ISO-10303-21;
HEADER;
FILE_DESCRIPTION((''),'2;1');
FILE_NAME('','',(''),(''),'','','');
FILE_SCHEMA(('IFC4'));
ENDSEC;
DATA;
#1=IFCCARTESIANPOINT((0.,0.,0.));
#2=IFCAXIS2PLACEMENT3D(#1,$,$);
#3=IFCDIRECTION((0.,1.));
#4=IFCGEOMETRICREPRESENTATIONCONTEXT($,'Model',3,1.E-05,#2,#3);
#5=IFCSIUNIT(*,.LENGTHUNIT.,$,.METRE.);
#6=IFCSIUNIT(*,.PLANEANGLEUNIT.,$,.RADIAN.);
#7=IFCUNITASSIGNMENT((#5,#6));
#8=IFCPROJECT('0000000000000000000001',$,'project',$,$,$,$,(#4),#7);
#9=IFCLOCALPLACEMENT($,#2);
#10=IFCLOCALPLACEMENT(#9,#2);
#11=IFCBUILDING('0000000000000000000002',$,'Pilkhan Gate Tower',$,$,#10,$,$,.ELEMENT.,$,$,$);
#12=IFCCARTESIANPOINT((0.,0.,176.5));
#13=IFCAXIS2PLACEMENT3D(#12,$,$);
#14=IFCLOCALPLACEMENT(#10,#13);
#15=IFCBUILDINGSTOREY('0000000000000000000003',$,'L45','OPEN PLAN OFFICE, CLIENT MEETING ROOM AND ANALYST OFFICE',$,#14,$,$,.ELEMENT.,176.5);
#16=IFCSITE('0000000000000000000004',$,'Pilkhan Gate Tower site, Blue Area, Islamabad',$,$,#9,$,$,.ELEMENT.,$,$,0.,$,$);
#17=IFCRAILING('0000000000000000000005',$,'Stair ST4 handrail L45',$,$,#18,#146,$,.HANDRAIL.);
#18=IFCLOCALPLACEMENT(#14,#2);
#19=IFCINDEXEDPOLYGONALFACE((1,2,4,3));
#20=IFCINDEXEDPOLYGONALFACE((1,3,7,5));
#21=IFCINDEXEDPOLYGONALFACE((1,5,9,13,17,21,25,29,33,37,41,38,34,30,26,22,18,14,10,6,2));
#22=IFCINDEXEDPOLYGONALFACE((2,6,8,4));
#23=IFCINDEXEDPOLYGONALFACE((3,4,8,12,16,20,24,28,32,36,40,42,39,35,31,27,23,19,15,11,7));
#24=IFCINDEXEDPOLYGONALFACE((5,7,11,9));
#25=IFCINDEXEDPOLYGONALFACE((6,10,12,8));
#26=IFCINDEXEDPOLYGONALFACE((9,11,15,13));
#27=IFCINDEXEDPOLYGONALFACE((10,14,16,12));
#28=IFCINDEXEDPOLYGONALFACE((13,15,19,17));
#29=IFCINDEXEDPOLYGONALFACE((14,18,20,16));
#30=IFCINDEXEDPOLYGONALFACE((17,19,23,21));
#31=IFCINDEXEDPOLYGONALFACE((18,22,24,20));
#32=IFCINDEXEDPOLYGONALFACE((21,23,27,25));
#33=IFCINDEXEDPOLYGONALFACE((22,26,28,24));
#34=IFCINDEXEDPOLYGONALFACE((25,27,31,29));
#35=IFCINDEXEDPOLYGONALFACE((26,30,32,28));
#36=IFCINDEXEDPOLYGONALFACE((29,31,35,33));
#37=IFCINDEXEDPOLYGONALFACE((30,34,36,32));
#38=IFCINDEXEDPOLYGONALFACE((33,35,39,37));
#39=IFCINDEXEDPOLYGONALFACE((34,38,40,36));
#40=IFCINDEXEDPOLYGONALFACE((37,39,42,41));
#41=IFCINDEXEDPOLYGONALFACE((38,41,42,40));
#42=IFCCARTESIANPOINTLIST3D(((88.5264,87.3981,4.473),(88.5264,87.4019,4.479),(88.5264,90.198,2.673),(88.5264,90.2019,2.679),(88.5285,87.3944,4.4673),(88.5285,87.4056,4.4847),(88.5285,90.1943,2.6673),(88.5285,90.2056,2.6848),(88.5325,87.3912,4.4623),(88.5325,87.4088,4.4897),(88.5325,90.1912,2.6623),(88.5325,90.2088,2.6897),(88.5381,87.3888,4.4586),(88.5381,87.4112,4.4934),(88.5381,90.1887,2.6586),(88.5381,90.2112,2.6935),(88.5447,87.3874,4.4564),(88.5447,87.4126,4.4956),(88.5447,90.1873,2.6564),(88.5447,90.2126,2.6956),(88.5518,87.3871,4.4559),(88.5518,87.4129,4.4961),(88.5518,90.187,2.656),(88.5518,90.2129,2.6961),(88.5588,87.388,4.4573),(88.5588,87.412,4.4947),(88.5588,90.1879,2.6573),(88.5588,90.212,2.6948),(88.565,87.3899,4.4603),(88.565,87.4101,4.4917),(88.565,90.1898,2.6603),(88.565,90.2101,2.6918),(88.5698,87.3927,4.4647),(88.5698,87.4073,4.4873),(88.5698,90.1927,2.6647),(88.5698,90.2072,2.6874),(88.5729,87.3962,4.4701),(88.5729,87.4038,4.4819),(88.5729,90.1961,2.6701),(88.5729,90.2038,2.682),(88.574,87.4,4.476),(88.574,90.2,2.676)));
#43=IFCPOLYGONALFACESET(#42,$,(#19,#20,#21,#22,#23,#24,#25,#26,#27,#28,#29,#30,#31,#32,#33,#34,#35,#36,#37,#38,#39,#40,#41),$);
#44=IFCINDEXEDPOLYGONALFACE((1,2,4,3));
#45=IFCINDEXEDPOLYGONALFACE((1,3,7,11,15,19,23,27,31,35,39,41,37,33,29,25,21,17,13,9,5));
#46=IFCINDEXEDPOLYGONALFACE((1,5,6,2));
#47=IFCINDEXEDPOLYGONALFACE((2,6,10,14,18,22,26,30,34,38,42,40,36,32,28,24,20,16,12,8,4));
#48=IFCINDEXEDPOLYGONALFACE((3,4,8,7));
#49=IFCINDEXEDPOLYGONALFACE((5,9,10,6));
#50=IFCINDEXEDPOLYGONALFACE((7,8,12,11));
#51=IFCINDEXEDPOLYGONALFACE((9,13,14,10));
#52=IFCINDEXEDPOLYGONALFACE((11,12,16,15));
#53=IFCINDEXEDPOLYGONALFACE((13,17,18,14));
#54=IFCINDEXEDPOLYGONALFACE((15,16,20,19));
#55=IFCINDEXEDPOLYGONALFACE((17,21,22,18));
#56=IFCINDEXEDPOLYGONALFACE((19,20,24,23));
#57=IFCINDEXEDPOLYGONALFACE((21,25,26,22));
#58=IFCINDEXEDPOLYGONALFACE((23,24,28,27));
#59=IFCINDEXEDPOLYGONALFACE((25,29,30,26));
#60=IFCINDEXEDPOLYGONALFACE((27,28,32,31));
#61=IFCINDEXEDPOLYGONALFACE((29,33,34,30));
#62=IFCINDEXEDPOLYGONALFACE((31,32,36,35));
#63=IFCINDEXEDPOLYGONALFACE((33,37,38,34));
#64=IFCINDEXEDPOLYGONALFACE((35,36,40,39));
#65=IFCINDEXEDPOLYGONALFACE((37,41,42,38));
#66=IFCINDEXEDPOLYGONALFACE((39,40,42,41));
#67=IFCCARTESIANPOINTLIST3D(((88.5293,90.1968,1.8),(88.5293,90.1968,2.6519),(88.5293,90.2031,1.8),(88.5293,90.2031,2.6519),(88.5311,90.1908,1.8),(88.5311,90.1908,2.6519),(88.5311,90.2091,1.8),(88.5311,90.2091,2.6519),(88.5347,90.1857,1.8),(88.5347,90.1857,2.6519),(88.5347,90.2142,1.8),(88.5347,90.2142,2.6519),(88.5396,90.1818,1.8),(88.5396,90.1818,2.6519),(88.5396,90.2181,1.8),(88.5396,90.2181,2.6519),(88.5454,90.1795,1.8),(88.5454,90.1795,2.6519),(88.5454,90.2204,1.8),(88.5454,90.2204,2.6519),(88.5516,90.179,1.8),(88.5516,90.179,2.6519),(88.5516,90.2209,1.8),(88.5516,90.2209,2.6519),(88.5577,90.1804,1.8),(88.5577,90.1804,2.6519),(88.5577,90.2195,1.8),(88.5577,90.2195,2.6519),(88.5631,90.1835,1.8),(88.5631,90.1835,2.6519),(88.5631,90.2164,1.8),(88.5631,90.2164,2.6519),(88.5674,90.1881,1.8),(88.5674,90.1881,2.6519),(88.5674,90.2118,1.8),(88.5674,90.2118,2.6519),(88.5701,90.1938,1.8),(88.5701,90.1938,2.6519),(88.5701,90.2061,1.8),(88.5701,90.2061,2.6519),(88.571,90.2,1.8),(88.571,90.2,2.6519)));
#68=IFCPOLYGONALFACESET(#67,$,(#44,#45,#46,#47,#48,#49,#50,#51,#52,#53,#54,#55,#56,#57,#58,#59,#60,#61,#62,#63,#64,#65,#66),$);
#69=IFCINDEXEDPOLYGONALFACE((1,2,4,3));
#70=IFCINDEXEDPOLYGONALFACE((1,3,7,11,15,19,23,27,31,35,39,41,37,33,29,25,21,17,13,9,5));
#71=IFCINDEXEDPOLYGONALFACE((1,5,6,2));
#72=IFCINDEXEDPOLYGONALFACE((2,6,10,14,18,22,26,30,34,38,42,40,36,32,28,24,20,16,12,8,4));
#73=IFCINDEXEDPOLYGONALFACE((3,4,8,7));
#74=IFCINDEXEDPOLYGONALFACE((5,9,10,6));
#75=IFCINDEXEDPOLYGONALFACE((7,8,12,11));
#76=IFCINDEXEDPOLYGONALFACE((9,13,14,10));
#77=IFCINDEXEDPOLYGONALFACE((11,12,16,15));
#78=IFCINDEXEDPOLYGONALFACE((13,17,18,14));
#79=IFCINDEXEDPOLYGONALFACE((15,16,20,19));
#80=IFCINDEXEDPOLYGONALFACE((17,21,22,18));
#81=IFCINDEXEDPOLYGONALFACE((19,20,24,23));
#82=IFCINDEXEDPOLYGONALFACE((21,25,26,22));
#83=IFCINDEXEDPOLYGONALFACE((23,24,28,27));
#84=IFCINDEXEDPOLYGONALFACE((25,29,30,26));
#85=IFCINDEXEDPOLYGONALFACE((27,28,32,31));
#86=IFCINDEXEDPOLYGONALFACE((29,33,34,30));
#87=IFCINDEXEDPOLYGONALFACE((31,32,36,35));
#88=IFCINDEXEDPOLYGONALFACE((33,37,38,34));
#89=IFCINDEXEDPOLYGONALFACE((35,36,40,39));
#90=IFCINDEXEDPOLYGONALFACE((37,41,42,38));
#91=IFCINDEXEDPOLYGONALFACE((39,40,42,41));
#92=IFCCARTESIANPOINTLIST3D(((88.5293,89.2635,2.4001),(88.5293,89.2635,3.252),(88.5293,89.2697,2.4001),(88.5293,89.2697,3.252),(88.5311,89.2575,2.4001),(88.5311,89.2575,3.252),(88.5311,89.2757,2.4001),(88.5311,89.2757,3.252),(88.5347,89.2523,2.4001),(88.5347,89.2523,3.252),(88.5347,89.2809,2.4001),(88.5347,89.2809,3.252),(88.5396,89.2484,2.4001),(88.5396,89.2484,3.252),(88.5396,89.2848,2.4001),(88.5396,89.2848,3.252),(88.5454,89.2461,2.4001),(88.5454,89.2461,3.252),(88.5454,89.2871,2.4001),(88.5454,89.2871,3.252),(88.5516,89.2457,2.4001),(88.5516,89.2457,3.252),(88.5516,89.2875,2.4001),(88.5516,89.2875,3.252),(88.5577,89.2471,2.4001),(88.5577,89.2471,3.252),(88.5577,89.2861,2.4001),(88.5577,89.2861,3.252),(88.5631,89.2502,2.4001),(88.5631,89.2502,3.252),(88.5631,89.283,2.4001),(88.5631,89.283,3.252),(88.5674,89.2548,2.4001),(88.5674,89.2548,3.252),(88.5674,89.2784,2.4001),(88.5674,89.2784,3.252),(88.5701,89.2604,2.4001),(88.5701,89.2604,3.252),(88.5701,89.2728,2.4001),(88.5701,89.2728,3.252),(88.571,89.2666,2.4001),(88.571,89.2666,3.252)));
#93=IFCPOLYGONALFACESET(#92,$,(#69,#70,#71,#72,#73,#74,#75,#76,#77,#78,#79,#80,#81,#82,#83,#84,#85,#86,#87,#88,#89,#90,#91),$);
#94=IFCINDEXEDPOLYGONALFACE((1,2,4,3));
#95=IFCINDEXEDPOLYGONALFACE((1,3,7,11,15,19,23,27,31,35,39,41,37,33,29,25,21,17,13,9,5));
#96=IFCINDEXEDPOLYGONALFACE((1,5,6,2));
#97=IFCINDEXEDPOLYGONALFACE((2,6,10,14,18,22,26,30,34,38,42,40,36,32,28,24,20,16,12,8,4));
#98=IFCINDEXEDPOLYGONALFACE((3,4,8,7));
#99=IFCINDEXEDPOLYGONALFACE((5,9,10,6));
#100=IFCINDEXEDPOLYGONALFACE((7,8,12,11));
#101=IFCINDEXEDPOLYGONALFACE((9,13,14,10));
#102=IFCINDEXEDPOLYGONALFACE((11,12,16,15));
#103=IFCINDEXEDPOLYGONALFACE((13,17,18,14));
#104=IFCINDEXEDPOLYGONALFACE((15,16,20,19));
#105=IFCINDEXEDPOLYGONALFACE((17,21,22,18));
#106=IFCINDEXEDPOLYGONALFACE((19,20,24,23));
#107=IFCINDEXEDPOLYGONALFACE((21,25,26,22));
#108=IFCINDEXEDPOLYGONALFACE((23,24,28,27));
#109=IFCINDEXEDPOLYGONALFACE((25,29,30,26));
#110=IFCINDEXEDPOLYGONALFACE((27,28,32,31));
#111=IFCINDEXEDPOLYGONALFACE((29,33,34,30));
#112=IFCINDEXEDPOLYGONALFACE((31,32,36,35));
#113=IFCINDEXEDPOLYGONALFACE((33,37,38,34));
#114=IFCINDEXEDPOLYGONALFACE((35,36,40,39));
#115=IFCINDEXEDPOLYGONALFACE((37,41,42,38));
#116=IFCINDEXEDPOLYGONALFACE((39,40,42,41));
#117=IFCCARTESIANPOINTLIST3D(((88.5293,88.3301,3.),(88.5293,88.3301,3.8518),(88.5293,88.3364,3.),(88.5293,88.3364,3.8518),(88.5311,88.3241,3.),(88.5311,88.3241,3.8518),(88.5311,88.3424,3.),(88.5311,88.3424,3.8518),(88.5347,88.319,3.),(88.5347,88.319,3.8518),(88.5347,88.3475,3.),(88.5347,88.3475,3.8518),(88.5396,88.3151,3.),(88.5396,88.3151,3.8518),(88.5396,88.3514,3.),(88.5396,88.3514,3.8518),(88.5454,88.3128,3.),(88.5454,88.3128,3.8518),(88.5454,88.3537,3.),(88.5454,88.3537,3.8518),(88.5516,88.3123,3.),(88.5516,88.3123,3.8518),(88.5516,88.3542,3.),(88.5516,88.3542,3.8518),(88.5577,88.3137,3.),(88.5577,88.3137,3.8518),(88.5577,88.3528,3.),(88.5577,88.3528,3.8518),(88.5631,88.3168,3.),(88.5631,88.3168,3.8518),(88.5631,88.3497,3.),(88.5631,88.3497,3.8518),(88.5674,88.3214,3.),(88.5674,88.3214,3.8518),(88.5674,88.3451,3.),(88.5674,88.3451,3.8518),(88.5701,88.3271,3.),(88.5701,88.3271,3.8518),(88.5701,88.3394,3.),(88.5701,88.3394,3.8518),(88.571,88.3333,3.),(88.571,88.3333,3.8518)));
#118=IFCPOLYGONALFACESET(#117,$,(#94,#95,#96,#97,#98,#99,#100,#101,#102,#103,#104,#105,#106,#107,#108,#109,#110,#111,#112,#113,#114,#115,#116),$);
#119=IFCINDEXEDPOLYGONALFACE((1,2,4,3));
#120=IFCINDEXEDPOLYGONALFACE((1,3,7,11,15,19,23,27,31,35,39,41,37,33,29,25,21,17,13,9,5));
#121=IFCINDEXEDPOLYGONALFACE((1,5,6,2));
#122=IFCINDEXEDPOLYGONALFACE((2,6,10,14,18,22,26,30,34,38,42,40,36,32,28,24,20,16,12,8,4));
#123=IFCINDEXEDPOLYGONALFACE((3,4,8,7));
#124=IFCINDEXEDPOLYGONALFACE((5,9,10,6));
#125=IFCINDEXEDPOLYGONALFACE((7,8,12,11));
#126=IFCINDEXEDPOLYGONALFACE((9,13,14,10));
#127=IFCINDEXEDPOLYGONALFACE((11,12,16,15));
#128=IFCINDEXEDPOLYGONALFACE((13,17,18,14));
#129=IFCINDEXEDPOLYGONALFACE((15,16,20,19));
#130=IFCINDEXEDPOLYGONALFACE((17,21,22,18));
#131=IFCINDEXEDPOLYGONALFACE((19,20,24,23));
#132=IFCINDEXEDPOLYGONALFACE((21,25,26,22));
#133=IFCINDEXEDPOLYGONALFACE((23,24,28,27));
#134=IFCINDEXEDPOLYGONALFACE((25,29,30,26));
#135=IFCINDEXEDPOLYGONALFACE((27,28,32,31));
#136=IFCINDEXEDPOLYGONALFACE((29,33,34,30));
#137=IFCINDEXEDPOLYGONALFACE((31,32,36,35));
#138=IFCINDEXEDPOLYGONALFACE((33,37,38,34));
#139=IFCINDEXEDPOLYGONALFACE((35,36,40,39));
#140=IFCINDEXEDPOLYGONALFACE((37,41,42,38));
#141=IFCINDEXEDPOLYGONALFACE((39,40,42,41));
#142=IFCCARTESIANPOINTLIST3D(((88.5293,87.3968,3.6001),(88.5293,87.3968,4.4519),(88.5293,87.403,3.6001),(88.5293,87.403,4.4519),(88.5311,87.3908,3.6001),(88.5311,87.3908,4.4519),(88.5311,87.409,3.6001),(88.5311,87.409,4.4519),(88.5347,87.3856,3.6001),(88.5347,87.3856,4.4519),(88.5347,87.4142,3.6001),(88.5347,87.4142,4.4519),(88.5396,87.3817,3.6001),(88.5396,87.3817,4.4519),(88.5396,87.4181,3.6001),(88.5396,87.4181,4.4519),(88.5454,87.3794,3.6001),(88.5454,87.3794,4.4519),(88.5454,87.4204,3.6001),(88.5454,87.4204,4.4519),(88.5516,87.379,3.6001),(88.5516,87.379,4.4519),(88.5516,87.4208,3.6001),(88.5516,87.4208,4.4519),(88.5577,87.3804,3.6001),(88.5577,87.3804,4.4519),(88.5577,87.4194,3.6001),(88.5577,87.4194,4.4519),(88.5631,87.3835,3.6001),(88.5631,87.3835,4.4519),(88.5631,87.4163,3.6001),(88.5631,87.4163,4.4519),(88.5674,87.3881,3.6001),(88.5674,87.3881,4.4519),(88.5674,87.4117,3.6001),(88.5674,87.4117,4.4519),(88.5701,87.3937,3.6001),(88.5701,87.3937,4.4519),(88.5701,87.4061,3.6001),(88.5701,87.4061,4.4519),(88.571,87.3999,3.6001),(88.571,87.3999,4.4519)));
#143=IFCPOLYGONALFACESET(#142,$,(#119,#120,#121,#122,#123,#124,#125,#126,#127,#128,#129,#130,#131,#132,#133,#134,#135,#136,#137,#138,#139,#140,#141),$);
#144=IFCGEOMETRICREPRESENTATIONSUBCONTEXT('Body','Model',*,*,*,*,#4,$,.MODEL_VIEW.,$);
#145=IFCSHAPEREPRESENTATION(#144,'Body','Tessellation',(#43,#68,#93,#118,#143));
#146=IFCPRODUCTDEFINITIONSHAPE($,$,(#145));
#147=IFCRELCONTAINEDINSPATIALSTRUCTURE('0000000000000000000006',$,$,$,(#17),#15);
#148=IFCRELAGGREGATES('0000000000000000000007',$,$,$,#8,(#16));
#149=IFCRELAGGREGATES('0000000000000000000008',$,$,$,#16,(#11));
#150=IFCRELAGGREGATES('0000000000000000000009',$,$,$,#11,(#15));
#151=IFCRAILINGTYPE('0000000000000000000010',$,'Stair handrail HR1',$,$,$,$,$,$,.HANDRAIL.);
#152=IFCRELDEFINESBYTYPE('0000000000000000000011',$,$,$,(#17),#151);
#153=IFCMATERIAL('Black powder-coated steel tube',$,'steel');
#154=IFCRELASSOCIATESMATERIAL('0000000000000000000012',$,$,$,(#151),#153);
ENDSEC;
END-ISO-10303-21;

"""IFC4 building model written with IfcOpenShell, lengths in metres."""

from ifc_helpers import new_model, si_unit, direction, frame, origin, origin_2d, place, context, subcontext, project, spatial, circle, extrude, material, type_object, element, save


model = new_model("IFC4")

# Units and contexts
model_context = context("Model", 3, precision=1e-05, world=origin(), true_north=direction((0.0, 1.0)))
body_context = subcontext(model_context, "Body", "Model", "MODEL_VIEW")
ifc_project = project(units=[si_unit("LENGTHUNIT", "METRE"), si_unit("PLANEANGLEUNIT", "RADIAN")], contexts=[model_context])

# Site, building, storey
site_placement = place(None, origin())
site = spatial("IfcSite", under=ifc_project, at=site_placement, Name="Pilkhan Gate Tower site, Blue Area, Islamabad", CompositionType="ELEMENT", RefElevation=0.0)
building_placement = place(site_placement, origin())
building = spatial("IfcBuilding", under=site, at=building_placement, Name="Pilkhan Gate Tower", CompositionType="ELEMENT")
storey_placement = place(building_placement, frame((0.0, 0.0, 176.5)))
storey = spatial("IfcBuildingStorey", under=building, at=storey_placement, Name="L45", Description="OPEN PLAN OFFICE, CLIENT MEETING ROOM AND ANALYST OFFICE", CompositionType="ELEMENT", Elevation=176.5)

# Railing
ifc_material_1 = material(Name="Black powder-coated steel tube", Category="steel")
railing_type_1 = type_object("IfcRailingType", Name="Stair handrail HR1", PredefinedType="HANDRAIL", material=ifc_material_1)
railing_1_placement = place(storey_placement, frame((88.55, 90.2, 1.8)))
element("IfcRailing", 1, at=railing_1_placement, inside=storey, type_object=railing_type_1, Name="Stair ST4 handrail L45", PredefinedType="HANDRAIL", context=body_context, shape_type="SweptSolid", body=[
    extrude(circle(Radius=0.0239, at=origin_2d()), frame((0.0, 0.0, 0.876), z_axis=(0.0, -0.841176, 0.540761), x_axis=(1.0, 0.0, 0.0)), (0.0, 0.0, 1.0), 3.3286),
    extrude(circle(Radius=0.021, at=origin_2d()), origin(), (0.0, 0.0, 1.0), 0.8518),
    extrude(circle(Radius=0.021, at=origin_2d()), frame((0.0, -0.9333, 0.6001)), (0.0, 0.0, 1.0), 0.8518),
    extrude(circle(Radius=0.021, at=origin_2d()), frame((0.0, -1.8667, 1.2)), (0.0, 0.0, 1.0), 0.8518),
    extrude(circle(Radius=0.021, at=origin_2d()), frame((0.0, -2.8, 1.8)), (0.0, 0.0, 1.0), 0.8518),
])

save(model, "model.ifc")
